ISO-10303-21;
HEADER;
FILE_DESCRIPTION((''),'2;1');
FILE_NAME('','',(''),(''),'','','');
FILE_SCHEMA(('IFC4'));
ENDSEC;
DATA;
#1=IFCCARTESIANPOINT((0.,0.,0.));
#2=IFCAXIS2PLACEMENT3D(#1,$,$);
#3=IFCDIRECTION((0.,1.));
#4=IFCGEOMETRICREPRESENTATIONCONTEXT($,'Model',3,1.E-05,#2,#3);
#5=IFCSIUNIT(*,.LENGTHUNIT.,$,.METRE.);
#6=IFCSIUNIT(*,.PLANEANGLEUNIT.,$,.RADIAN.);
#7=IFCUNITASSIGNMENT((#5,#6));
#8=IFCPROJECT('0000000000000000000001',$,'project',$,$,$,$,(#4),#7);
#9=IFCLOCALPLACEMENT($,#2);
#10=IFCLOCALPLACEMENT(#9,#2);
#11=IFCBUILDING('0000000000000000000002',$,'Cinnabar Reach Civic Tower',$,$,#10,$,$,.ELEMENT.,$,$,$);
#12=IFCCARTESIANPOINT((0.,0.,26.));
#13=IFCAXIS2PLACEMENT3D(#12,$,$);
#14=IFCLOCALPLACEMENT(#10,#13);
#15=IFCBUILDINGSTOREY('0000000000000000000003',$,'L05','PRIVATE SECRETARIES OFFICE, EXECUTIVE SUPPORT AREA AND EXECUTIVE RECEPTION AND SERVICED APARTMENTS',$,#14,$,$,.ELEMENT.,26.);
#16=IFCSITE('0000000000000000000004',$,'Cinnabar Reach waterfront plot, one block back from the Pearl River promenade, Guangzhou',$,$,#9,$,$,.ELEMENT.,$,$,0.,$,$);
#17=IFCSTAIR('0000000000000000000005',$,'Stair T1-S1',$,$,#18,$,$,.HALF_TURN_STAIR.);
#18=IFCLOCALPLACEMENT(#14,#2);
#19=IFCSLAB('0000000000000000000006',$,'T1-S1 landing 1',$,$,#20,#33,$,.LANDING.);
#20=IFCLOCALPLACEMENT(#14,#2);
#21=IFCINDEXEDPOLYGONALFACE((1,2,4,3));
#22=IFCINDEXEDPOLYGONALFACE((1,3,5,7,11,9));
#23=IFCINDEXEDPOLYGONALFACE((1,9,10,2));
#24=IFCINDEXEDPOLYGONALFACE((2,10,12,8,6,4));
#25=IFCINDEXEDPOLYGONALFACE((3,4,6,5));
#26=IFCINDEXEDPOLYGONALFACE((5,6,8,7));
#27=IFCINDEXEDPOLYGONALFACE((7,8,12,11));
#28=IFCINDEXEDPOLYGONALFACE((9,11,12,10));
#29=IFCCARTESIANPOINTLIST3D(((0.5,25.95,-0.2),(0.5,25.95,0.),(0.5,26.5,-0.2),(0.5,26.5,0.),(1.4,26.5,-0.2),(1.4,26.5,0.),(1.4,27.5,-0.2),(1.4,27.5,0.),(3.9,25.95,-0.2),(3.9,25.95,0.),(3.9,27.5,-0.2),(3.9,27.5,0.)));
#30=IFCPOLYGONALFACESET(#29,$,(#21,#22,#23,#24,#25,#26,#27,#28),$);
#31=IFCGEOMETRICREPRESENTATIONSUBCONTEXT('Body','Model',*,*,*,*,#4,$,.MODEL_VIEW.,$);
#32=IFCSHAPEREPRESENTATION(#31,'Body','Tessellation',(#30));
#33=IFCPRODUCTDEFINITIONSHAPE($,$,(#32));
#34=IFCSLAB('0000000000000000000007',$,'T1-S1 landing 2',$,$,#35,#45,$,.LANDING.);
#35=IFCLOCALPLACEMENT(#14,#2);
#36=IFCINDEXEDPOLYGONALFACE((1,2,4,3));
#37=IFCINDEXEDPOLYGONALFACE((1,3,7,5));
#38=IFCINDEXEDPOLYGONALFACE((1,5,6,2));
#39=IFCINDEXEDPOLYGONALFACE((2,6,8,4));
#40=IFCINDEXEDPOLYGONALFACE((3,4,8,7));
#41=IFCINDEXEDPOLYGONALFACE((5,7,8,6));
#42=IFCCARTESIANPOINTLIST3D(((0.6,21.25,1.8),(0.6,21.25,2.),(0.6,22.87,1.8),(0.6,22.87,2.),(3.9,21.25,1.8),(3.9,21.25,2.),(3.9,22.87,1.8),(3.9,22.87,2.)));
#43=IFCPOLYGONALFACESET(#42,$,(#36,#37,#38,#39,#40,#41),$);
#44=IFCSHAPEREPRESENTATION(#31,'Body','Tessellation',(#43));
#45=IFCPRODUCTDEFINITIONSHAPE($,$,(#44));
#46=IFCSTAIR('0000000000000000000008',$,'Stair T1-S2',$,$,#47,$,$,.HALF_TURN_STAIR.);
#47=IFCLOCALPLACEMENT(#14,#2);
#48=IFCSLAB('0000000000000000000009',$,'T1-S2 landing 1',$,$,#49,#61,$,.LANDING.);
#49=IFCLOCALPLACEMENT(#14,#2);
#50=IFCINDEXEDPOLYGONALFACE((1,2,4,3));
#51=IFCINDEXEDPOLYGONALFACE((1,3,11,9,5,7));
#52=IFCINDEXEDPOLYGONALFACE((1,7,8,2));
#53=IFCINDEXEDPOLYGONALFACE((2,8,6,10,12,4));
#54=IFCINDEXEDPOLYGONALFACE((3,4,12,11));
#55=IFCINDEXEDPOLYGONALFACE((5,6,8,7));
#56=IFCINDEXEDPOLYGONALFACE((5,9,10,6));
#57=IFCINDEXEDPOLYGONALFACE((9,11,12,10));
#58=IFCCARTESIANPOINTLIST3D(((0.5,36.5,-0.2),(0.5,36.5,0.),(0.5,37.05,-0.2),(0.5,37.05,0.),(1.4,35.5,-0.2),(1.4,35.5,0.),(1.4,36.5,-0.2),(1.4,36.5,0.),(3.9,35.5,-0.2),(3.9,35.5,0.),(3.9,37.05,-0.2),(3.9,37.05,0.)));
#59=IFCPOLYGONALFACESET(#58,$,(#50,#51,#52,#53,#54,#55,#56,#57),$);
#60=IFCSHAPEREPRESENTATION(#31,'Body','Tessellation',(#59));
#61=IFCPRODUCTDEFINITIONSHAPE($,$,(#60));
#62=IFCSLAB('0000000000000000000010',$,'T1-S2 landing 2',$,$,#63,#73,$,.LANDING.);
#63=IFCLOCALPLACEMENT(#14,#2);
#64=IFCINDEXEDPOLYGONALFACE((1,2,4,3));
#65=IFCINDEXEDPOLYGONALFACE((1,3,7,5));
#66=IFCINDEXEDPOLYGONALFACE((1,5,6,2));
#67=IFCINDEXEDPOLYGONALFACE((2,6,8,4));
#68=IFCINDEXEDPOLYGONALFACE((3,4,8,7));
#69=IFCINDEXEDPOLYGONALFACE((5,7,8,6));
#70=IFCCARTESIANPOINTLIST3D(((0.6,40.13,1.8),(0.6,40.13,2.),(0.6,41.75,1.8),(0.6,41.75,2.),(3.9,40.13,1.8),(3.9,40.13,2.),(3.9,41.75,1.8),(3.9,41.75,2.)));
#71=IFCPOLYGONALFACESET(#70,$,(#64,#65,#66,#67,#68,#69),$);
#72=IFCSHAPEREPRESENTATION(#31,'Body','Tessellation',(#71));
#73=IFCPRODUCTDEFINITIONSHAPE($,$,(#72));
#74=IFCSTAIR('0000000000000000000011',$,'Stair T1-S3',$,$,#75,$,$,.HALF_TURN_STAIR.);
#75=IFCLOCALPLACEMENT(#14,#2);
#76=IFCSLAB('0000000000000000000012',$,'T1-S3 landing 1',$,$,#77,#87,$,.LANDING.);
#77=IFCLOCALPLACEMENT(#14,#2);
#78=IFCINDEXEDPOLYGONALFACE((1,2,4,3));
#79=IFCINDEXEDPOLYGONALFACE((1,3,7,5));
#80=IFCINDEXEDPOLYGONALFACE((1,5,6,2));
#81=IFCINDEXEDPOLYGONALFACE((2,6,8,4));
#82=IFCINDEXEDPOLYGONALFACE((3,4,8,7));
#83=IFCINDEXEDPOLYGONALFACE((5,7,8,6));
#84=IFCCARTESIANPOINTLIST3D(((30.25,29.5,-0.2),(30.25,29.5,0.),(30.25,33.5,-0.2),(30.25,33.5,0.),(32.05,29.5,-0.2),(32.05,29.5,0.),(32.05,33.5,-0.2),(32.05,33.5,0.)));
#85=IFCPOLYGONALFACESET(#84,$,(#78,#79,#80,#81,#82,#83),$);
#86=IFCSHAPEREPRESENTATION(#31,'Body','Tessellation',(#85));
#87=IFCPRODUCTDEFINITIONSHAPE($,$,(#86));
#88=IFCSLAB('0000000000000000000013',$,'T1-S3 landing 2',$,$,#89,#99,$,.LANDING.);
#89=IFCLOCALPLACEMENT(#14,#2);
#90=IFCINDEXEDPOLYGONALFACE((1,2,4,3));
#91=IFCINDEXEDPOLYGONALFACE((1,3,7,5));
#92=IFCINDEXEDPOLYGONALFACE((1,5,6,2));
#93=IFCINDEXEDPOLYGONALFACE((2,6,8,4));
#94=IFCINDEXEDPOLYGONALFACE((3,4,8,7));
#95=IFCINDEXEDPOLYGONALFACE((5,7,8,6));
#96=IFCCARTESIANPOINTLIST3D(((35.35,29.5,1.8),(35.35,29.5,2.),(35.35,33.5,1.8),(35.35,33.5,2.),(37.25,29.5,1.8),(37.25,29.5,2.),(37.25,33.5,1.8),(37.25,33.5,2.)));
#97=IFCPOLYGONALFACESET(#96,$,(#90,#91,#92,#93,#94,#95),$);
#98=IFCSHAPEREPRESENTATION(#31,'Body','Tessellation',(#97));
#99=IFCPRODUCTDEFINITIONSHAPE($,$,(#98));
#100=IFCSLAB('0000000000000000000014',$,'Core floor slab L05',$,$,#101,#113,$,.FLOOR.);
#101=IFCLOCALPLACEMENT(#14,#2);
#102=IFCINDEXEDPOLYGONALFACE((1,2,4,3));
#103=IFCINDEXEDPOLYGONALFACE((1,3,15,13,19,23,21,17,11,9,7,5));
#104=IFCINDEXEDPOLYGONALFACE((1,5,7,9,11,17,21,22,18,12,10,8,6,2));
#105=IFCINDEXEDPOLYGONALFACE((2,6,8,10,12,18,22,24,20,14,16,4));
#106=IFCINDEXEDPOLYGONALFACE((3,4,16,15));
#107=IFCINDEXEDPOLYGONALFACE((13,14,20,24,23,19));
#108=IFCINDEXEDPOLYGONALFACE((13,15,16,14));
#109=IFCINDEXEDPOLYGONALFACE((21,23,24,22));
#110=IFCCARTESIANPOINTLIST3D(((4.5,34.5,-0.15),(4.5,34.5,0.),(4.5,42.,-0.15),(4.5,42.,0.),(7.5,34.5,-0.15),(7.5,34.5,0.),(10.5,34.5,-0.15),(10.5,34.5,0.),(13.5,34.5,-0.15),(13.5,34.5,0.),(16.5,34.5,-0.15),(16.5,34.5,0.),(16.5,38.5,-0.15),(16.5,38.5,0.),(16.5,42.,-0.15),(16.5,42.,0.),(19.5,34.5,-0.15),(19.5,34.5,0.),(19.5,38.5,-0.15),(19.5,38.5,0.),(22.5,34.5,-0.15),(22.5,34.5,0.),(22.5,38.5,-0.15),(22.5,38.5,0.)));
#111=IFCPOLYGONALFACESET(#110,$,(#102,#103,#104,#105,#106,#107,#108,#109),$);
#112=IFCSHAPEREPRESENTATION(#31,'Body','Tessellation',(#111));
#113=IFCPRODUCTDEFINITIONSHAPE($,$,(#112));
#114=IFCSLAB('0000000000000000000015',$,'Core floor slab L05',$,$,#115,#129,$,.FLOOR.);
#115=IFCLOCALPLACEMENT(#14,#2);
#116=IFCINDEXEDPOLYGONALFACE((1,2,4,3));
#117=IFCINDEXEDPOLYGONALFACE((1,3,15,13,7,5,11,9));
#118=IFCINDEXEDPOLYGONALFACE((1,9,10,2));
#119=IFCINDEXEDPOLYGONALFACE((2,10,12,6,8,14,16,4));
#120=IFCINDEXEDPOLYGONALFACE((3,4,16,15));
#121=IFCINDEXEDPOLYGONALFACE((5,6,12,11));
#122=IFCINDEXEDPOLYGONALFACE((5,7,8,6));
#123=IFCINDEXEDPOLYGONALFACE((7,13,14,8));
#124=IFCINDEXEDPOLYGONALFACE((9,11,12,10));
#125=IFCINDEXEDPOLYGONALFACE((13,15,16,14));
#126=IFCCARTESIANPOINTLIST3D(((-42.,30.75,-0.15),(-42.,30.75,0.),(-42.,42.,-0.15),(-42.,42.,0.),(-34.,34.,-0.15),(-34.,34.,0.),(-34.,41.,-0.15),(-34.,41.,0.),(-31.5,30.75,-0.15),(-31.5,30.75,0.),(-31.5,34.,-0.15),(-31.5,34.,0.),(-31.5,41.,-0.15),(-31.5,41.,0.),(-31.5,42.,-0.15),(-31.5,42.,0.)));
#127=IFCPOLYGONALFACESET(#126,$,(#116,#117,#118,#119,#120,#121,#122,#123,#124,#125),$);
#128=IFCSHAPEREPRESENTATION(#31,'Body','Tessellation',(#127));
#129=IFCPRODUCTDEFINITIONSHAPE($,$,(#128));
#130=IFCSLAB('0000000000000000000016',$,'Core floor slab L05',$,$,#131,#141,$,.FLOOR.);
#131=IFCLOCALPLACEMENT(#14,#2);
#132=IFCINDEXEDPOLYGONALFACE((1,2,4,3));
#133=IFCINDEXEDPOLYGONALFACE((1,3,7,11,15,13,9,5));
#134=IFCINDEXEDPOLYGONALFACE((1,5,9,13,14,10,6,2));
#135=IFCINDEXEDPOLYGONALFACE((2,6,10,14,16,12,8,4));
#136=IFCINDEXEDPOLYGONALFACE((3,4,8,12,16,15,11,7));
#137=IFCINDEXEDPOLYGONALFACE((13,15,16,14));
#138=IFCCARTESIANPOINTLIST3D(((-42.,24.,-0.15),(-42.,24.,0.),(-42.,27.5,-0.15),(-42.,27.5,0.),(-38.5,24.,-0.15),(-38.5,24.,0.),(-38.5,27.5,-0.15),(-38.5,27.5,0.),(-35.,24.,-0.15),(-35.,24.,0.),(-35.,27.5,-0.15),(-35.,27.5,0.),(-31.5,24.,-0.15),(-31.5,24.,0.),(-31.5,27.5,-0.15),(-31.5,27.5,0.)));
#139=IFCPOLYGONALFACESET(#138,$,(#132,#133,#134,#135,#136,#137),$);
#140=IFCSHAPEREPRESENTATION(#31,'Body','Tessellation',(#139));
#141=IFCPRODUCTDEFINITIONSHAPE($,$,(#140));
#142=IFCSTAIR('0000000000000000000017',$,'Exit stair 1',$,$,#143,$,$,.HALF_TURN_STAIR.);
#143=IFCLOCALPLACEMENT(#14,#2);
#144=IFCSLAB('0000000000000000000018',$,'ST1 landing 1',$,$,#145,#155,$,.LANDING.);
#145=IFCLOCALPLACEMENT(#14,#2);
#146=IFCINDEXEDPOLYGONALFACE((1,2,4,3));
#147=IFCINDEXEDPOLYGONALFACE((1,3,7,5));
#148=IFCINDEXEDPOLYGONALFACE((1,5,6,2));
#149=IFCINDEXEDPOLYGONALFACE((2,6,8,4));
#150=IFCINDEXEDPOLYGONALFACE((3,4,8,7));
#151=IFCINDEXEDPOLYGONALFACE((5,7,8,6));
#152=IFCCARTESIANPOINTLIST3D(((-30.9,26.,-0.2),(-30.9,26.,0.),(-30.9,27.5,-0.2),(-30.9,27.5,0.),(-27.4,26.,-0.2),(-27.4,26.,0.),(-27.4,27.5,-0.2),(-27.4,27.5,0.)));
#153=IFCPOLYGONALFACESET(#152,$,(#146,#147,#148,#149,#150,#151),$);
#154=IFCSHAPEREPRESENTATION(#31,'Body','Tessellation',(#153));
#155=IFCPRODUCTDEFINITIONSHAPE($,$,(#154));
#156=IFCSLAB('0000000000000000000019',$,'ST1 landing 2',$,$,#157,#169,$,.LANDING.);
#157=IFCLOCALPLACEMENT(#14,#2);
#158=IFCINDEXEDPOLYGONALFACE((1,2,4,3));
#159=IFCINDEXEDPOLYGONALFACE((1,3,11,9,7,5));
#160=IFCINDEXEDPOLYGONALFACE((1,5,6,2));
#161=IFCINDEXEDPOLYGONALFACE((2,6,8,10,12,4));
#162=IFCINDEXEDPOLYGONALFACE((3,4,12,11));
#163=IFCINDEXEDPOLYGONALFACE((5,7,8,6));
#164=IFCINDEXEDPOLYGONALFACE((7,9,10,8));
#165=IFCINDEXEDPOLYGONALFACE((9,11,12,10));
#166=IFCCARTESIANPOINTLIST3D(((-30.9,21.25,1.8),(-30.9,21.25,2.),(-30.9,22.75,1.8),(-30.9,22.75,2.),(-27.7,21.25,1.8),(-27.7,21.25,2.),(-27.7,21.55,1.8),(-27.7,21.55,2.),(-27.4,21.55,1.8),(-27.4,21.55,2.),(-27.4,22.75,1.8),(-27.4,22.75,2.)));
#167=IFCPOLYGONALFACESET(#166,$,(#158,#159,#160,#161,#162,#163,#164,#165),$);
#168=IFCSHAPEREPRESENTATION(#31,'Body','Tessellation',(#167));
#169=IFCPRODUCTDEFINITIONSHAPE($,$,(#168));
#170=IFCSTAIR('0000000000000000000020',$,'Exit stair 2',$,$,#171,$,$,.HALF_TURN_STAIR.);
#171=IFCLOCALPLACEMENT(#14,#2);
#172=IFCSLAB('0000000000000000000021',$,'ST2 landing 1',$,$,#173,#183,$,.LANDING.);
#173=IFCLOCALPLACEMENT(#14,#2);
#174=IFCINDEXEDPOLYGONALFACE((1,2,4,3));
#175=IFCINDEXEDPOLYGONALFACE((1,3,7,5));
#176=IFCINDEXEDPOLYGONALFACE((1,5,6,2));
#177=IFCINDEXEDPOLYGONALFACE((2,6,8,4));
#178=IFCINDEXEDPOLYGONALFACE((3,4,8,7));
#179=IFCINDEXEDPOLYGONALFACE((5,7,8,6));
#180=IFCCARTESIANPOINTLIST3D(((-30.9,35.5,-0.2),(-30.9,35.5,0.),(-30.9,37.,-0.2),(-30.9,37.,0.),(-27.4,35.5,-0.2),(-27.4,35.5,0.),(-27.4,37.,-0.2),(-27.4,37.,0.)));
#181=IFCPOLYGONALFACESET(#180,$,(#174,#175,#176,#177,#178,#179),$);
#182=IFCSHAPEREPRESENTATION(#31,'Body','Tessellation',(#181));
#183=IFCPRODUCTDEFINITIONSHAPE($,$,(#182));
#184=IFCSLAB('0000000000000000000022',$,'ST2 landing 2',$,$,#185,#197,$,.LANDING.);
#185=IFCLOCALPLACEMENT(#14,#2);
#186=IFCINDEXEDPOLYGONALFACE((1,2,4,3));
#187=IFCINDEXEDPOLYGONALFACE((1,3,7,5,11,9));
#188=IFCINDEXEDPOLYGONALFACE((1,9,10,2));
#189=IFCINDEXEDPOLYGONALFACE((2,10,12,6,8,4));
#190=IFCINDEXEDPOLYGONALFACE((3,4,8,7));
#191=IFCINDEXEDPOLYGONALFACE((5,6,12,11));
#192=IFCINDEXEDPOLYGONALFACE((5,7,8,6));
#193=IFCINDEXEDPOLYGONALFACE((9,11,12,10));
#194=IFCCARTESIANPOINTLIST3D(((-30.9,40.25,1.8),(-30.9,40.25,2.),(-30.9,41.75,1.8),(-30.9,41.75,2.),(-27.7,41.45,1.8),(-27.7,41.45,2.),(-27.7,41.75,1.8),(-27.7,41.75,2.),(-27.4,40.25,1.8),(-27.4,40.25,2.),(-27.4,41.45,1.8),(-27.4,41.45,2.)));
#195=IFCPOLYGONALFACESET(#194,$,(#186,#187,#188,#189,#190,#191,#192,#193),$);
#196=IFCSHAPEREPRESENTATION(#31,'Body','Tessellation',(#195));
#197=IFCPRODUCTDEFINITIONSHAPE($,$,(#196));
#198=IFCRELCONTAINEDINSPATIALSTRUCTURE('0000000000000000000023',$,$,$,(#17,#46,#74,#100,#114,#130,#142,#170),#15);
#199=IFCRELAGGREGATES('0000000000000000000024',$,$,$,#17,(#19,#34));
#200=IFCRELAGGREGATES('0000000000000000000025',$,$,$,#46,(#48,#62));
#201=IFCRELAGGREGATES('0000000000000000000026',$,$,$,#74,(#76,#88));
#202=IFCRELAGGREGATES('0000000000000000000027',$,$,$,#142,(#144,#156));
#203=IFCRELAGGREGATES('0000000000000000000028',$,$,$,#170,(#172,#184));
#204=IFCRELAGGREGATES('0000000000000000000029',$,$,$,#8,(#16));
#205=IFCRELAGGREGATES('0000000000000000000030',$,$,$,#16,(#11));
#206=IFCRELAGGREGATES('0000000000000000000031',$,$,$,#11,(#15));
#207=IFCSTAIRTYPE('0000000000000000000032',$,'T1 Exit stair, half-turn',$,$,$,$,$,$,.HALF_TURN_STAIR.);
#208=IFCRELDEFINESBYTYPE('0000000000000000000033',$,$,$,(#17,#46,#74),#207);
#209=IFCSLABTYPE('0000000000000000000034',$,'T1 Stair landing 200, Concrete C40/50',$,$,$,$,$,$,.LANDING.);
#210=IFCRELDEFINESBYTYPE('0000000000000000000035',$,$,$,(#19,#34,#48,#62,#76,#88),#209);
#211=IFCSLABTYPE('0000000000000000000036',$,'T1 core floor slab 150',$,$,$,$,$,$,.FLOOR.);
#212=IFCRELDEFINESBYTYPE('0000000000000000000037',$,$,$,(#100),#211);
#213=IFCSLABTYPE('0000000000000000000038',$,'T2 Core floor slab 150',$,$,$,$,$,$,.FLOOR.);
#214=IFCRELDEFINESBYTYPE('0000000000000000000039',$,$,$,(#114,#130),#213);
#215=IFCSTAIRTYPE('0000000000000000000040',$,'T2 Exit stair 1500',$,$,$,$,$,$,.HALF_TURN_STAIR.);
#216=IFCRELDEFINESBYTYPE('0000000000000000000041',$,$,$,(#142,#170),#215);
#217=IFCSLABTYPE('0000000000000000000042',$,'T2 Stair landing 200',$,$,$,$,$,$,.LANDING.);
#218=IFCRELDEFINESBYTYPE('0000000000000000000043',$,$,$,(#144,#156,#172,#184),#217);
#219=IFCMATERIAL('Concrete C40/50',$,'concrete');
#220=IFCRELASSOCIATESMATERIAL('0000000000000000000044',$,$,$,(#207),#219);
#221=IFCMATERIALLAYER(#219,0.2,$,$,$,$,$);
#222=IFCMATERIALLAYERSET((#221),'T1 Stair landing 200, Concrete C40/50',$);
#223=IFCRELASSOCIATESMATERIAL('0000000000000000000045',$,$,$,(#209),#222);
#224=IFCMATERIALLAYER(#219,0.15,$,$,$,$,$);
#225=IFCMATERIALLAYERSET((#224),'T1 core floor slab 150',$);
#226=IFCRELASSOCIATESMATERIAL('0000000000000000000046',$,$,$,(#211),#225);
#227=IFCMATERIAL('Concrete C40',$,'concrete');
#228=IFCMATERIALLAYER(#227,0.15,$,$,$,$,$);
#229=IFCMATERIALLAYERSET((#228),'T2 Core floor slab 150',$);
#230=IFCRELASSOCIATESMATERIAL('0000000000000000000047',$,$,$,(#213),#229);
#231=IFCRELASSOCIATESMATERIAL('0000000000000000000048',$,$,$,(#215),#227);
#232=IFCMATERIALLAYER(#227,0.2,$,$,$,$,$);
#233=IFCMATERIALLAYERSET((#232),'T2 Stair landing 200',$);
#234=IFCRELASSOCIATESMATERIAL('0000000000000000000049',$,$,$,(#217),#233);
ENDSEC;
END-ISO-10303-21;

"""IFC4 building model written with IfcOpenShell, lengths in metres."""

from ifc_helpers import new_model, si_unit, direction, frame, origin, place, context, subcontext, project, spatial, polyline, outline, extrude, material, layer, layer_set, type_object, element, aggregate, save


model = new_model("IFC4")

# Units and contexts
model_context = context("Model", 3, precision=1e-05, world=origin(), true_north=direction((0.0, 1.0)))
body_context = subcontext(model_context, "Body", "Model", "MODEL_VIEW")
ifc_project = project(units=[si_unit("LENGTHUNIT", "METRE"), si_unit("PLANEANGLEUNIT", "RADIAN")], contexts=[model_context])

# Site, building, storey
site_placement = place(None, origin())
site = spatial("IfcSite", under=ifc_project, at=site_placement, Name="Cinnabar Reach waterfront plot, one block back from the Pearl River promenade, Guangzhou", CompositionType="ELEMENT", RefElevation=0.0)
building_placement = place(site_placement, origin())
building = spatial("IfcBuilding", under=site, at=building_placement, Name="Cinnabar Reach Civic Tower", CompositionType="ELEMENT")
storey_placement = place(building_placement, frame((0.0, 0.0, 26.0)))
storey = spatial("IfcBuildingStorey", under=building, at=storey_placement, Name="L05", Description="PRIVATE SECRETARIES OFFICE, EXECUTIVE SUPPORT AREA AND EXECUTIVE RECEPTION AND SERVICED APARTMENTS", CompositionType="ELEMENT", Elevation=26.0)

# Stairs, slabs
ifc_material_1 = material(Name="Concrete C40/50", Category="concrete")
stair_type_1 = type_object("IfcStairType", Name="T1 Exit stair, half-turn", PredefinedType="HALF_TURN_STAIR", material=ifc_material_1)
stair_1_placement = place(storey_placement, origin())
stair_1 = element("IfcStair", 1, at=stair_1_placement, inside=storey, type_object=stair_type_1, Name="Stair T1-S1", PredefinedType="HALF_TURN_STAIR")
ifc_layer_1 = layer(ifc_material_1, 0.2)
ifc_layer_set_1 = layer_set([ifc_layer_1], Name="T1 Stair landing 200, Concrete C40/50")
slab_type_1 = type_object("IfcSlabType", Name="T1 Stair landing 200, Concrete C40/50", PredefinedType="LANDING", material=ifc_layer_set_1)
slab_1_placement = place(storey_placement, frame((0.0, 0.0, -0.2)))
slab_1 = element("IfcSlab", 2, at=slab_1_placement, type_object=slab_type_1, Name="T1-S1 landing 1", PredefinedType="LANDING", context=body_context, shape_type="SweptSolid", body=[
    extrude(outline(polyline([(3.9, 27.5), (3.9, 25.95), (0.5, 25.95), (0.5, 26.5), (1.4, 26.5), (1.4, 27.5), (3.9, 27.5)])), origin(), (0.0, 0.0, 1.0), 0.2),
])
slab_2_placement = place(storey_placement, frame((0.0, 0.0, 1.8)))
slab_2 = element("IfcSlab", 3, at=slab_2_placement, type_object=slab_type_1, Name="T1-S1 landing 2", PredefinedType="LANDING", context=body_context, shape_type="SweptSolid", body=[
    extrude(outline(polyline([(0.6, 21.25), (0.6, 22.87), (3.9, 22.87), (3.9, 21.25), (0.6, 21.25)])), origin(), (0.0, 0.0, 1.0), 0.2),
])
aggregate(stair_1, [slab_1, slab_2])
stair_2_placement = place(storey_placement, origin())
stair_2 = element("IfcStair", 4, at=stair_2_placement, inside=storey, type_object=stair_type_1, Name="Stair T1-S2", PredefinedType="HALF_TURN_STAIR")
slab_3_placement = place(storey_placement, frame((0.0, 0.0, -0.2)))
slab_3 = element("IfcSlab", 5, at=slab_3_placement, type_object=slab_type_1, Name="T1-S2 landing 1", PredefinedType="LANDING", context=body_context, shape_type="SweptSolid", body=[
    extrude(outline(polyline([(0.5, 37.05), (3.9, 37.05), (3.9, 35.5), (1.4, 35.5), (1.4, 36.5), (0.5, 36.5), (0.5, 37.05)])), origin(), (0.0, 0.0, 1.0), 0.2),
])
slab_4_placement = place(storey_placement, frame((0.0, 0.0, 1.8)))
slab_4 = element("IfcSlab", 6, at=slab_4_placement, type_object=slab_type_1, Name="T1-S2 landing 2", PredefinedType="LANDING", context=body_context, shape_type="SweptSolid", body=[
    extrude(outline(polyline([(0.6, 40.13), (0.6, 41.75), (3.9, 41.75), (3.9, 40.13), (0.6, 40.13)])), origin(), (0.0, 0.0, 1.0), 0.2),
])
aggregate(stair_2, [slab_3, slab_4])
stair_3_placement = place(storey_placement, origin())
stair_3 = element("IfcStair", 7, at=stair_3_placement, inside=storey, type_object=stair_type_1, Name="Stair T1-S3", PredefinedType="HALF_TURN_STAIR")
slab_5_placement = place(storey_placement, frame((0.0, 0.0, -0.2)))
slab_5 = element("IfcSlab", 8, at=slab_5_placement, type_object=slab_type_1, Name="T1-S3 landing 1", PredefinedType="LANDING", context=body_context, shape_type="SweptSolid", body=[
    extrude(outline(polyline([(30.25, 29.5), (32.05, 29.5), (32.05, 33.5), (30.25, 33.5), (30.25, 29.5)])), origin(), (0.0, 0.0, 1.0), 0.2),
])
slab_6_placement = place(storey_placement, frame((0.0, 0.0, 1.8)))
slab_6 = element("IfcSlab", 9, at=slab_6_placement, type_object=slab_type_1, Name="T1-S3 landing 2", PredefinedType="LANDING", context=body_context, shape_type="SweptSolid", body=[
    extrude(outline(polyline([(35.35, 29.5), (37.25, 29.5), (37.25, 33.5), (35.35, 33.5), (35.35, 29.5)])), origin(), (0.0, 0.0, 1.0), 0.2),
])
aggregate(stair_3, [slab_5, slab_6])

# Slabs
ifc_layer_2 = layer(ifc_material_1, 0.15)
ifc_layer_set_2 = layer_set([ifc_layer_2], Name="T1 core floor slab 150")
slab_type_2 = type_object("IfcSlabType", Name="T1 core floor slab 150", PredefinedType="FLOOR", material=ifc_layer_set_2)
slab_7_placement = place(storey_placement, frame((0.0, 0.0, -0.15)))
element("IfcSlab", 10, at=slab_7_placement, inside=storey, type_object=slab_type_2, Name="Core floor slab L05", PredefinedType="FLOOR", context=body_context, shape_type="SweptSolid", body=[
    extrude(outline(polyline([(22.5, 34.5), (19.5, 34.5), (16.5, 34.5), (13.5, 34.5), (10.5, 34.5), (7.5, 34.5), (4.5, 34.5), (4.5, 42.0), (16.5, 42.0), (16.5, 38.5), (19.5, 38.5), (22.5, 38.5), (22.5, 34.5)])), origin(), (0.0, 0.0, 1.0), 0.15),
])
ifc_material_2 = material(Name="Concrete C40", Category="concrete")
ifc_layer_3 = layer(ifc_material_2, 0.15)
ifc_layer_set_3 = layer_set([ifc_layer_3], Name="T2 Core floor slab 150")
slab_type_3 = type_object("IfcSlabType", Name="T2 Core floor slab 150", PredefinedType="FLOOR", material=ifc_layer_set_3)
slab_8_placement = place(storey_placement, frame((0.0, 0.0, -0.15)))
element("IfcSlab", 11, at=slab_8_placement, inside=storey, type_object=slab_type_3, Name="Core floor slab L05", PredefinedType="FLOOR", context=body_context, shape_type="SweptSolid", body=[
    extrude(outline(polyline([(-42.0, 42.0), (-31.5, 42.0), (-31.5, 41.0), (-34.0, 41.0), (-34.0, 34.0), (-31.5, 34.0), (-31.5, 30.75), (-42.0, 30.75), (-42.0, 42.0)])), origin(), (0.0, 0.0, 1.0), 0.15),
])
slab_9_placement = place(storey_placement, frame((0.0, 0.0, -0.15)))
element("IfcSlab", 12, at=slab_9_placement, inside=storey, type_object=slab_type_3, Name="Core floor slab L05", PredefinedType="FLOOR", context=body_context, shape_type="SweptSolid", body=[
    extrude(outline(polyline([(-35.0, 24.0), (-38.5, 24.0), (-42.0, 24.0), (-42.0, 27.5), (-38.5, 27.5), (-35.0, 27.5), (-31.5, 27.5), (-31.5, 24.0), (-35.0, 24.0)])), origin(), (0.0, 0.0, 1.0), 0.15),
])

# Stairs, slabs
stair_type_2 = type_object("IfcStairType", Name="T2 Exit stair 1500", PredefinedType="HALF_TURN_STAIR", material=ifc_material_2)
stair_4_placement = place(storey_placement, origin())
stair_4 = element("IfcStair", 13, at=stair_4_placement, inside=storey, type_object=stair_type_2, Name="Exit stair 1", PredefinedType="HALF_TURN_STAIR")
ifc_layer_4 = layer(ifc_material_2, 0.2)
ifc_layer_set_4 = layer_set([ifc_layer_4], Name="T2 Stair landing 200")
slab_type_4 = type_object("IfcSlabType", Name="T2 Stair landing 200", PredefinedType="LANDING", material=ifc_layer_set_4)
slab_10_placement = place(storey_placement, frame((0.0, 0.0, -0.2)))
slab_10 = element("IfcSlab", 14, at=slab_10_placement, type_object=slab_type_4, Name="ST1 landing 1", PredefinedType="LANDING", context=body_context, shape_type="SweptSolid", body=[
    extrude(outline(polyline([(-30.9, 26.0), (-30.9, 27.5), (-27.4, 27.5), (-27.4, 26.0), (-30.9, 26.0)])), origin(), (0.0, 0.0, 1.0), 0.2),
])
slab_11_placement = place(storey_placement, frame((0.0, 0.0, 1.8)))
slab_11 = element("IfcSlab", 15, at=slab_11_placement, type_object=slab_type_4, Name="ST1 landing 2", PredefinedType="LANDING", context=body_context, shape_type="SweptSolid", body=[
    extrude(outline(polyline([(-30.9, 21.25), (-30.9, 22.75), (-27.4, 22.75), (-27.4, 21.55), (-27.7, 21.55), (-27.7, 21.25), (-30.9, 21.25)])), origin(), (0.0, 0.0, 1.0), 0.2),
])
aggregate(stair_4, [slab_10, slab_11])
stair_5_placement = place(storey_placement, origin())
stair_5 = element("IfcStair", 16, at=stair_5_placement, inside=storey, type_object=stair_type_2, Name="Exit stair 2", PredefinedType="HALF_TURN_STAIR")
slab_12_placement = place(storey_placement, frame((0.0, 0.0, -0.2)))
slab_12 = element("IfcSlab", 17, at=slab_12_placement, type_object=slab_type_4, Name="ST2 landing 1", PredefinedType="LANDING", context=body_context, shape_type="SweptSolid", body=[
    extrude(outline(polyline([(-30.9, 35.5), (-30.9, 37.0), (-27.4, 37.0), (-27.4, 35.5), (-30.9, 35.5)])), origin(), (0.0, 0.0, 1.0), 0.2),
])
slab_13_placement = place(storey_placement, frame((0.0, 0.0, 1.8)))
slab_13 = element("IfcSlab", 18, at=slab_13_placement, type_object=slab_type_4, Name="ST2 landing 2", PredefinedType="LANDING", context=body_context, shape_type="SweptSolid", body=[
    extrude(outline(polyline([(-27.4, 40.25), (-30.9, 40.25), (-30.9, 41.75), (-27.7, 41.75), (-27.7, 41.45), (-27.4, 41.45), (-27.4, 40.25)])), origin(), (0.0, 0.0, 1.0), 0.2),
])
aggregate(stair_5, [slab_12, slab_13])

save(model, "model.ifc")
